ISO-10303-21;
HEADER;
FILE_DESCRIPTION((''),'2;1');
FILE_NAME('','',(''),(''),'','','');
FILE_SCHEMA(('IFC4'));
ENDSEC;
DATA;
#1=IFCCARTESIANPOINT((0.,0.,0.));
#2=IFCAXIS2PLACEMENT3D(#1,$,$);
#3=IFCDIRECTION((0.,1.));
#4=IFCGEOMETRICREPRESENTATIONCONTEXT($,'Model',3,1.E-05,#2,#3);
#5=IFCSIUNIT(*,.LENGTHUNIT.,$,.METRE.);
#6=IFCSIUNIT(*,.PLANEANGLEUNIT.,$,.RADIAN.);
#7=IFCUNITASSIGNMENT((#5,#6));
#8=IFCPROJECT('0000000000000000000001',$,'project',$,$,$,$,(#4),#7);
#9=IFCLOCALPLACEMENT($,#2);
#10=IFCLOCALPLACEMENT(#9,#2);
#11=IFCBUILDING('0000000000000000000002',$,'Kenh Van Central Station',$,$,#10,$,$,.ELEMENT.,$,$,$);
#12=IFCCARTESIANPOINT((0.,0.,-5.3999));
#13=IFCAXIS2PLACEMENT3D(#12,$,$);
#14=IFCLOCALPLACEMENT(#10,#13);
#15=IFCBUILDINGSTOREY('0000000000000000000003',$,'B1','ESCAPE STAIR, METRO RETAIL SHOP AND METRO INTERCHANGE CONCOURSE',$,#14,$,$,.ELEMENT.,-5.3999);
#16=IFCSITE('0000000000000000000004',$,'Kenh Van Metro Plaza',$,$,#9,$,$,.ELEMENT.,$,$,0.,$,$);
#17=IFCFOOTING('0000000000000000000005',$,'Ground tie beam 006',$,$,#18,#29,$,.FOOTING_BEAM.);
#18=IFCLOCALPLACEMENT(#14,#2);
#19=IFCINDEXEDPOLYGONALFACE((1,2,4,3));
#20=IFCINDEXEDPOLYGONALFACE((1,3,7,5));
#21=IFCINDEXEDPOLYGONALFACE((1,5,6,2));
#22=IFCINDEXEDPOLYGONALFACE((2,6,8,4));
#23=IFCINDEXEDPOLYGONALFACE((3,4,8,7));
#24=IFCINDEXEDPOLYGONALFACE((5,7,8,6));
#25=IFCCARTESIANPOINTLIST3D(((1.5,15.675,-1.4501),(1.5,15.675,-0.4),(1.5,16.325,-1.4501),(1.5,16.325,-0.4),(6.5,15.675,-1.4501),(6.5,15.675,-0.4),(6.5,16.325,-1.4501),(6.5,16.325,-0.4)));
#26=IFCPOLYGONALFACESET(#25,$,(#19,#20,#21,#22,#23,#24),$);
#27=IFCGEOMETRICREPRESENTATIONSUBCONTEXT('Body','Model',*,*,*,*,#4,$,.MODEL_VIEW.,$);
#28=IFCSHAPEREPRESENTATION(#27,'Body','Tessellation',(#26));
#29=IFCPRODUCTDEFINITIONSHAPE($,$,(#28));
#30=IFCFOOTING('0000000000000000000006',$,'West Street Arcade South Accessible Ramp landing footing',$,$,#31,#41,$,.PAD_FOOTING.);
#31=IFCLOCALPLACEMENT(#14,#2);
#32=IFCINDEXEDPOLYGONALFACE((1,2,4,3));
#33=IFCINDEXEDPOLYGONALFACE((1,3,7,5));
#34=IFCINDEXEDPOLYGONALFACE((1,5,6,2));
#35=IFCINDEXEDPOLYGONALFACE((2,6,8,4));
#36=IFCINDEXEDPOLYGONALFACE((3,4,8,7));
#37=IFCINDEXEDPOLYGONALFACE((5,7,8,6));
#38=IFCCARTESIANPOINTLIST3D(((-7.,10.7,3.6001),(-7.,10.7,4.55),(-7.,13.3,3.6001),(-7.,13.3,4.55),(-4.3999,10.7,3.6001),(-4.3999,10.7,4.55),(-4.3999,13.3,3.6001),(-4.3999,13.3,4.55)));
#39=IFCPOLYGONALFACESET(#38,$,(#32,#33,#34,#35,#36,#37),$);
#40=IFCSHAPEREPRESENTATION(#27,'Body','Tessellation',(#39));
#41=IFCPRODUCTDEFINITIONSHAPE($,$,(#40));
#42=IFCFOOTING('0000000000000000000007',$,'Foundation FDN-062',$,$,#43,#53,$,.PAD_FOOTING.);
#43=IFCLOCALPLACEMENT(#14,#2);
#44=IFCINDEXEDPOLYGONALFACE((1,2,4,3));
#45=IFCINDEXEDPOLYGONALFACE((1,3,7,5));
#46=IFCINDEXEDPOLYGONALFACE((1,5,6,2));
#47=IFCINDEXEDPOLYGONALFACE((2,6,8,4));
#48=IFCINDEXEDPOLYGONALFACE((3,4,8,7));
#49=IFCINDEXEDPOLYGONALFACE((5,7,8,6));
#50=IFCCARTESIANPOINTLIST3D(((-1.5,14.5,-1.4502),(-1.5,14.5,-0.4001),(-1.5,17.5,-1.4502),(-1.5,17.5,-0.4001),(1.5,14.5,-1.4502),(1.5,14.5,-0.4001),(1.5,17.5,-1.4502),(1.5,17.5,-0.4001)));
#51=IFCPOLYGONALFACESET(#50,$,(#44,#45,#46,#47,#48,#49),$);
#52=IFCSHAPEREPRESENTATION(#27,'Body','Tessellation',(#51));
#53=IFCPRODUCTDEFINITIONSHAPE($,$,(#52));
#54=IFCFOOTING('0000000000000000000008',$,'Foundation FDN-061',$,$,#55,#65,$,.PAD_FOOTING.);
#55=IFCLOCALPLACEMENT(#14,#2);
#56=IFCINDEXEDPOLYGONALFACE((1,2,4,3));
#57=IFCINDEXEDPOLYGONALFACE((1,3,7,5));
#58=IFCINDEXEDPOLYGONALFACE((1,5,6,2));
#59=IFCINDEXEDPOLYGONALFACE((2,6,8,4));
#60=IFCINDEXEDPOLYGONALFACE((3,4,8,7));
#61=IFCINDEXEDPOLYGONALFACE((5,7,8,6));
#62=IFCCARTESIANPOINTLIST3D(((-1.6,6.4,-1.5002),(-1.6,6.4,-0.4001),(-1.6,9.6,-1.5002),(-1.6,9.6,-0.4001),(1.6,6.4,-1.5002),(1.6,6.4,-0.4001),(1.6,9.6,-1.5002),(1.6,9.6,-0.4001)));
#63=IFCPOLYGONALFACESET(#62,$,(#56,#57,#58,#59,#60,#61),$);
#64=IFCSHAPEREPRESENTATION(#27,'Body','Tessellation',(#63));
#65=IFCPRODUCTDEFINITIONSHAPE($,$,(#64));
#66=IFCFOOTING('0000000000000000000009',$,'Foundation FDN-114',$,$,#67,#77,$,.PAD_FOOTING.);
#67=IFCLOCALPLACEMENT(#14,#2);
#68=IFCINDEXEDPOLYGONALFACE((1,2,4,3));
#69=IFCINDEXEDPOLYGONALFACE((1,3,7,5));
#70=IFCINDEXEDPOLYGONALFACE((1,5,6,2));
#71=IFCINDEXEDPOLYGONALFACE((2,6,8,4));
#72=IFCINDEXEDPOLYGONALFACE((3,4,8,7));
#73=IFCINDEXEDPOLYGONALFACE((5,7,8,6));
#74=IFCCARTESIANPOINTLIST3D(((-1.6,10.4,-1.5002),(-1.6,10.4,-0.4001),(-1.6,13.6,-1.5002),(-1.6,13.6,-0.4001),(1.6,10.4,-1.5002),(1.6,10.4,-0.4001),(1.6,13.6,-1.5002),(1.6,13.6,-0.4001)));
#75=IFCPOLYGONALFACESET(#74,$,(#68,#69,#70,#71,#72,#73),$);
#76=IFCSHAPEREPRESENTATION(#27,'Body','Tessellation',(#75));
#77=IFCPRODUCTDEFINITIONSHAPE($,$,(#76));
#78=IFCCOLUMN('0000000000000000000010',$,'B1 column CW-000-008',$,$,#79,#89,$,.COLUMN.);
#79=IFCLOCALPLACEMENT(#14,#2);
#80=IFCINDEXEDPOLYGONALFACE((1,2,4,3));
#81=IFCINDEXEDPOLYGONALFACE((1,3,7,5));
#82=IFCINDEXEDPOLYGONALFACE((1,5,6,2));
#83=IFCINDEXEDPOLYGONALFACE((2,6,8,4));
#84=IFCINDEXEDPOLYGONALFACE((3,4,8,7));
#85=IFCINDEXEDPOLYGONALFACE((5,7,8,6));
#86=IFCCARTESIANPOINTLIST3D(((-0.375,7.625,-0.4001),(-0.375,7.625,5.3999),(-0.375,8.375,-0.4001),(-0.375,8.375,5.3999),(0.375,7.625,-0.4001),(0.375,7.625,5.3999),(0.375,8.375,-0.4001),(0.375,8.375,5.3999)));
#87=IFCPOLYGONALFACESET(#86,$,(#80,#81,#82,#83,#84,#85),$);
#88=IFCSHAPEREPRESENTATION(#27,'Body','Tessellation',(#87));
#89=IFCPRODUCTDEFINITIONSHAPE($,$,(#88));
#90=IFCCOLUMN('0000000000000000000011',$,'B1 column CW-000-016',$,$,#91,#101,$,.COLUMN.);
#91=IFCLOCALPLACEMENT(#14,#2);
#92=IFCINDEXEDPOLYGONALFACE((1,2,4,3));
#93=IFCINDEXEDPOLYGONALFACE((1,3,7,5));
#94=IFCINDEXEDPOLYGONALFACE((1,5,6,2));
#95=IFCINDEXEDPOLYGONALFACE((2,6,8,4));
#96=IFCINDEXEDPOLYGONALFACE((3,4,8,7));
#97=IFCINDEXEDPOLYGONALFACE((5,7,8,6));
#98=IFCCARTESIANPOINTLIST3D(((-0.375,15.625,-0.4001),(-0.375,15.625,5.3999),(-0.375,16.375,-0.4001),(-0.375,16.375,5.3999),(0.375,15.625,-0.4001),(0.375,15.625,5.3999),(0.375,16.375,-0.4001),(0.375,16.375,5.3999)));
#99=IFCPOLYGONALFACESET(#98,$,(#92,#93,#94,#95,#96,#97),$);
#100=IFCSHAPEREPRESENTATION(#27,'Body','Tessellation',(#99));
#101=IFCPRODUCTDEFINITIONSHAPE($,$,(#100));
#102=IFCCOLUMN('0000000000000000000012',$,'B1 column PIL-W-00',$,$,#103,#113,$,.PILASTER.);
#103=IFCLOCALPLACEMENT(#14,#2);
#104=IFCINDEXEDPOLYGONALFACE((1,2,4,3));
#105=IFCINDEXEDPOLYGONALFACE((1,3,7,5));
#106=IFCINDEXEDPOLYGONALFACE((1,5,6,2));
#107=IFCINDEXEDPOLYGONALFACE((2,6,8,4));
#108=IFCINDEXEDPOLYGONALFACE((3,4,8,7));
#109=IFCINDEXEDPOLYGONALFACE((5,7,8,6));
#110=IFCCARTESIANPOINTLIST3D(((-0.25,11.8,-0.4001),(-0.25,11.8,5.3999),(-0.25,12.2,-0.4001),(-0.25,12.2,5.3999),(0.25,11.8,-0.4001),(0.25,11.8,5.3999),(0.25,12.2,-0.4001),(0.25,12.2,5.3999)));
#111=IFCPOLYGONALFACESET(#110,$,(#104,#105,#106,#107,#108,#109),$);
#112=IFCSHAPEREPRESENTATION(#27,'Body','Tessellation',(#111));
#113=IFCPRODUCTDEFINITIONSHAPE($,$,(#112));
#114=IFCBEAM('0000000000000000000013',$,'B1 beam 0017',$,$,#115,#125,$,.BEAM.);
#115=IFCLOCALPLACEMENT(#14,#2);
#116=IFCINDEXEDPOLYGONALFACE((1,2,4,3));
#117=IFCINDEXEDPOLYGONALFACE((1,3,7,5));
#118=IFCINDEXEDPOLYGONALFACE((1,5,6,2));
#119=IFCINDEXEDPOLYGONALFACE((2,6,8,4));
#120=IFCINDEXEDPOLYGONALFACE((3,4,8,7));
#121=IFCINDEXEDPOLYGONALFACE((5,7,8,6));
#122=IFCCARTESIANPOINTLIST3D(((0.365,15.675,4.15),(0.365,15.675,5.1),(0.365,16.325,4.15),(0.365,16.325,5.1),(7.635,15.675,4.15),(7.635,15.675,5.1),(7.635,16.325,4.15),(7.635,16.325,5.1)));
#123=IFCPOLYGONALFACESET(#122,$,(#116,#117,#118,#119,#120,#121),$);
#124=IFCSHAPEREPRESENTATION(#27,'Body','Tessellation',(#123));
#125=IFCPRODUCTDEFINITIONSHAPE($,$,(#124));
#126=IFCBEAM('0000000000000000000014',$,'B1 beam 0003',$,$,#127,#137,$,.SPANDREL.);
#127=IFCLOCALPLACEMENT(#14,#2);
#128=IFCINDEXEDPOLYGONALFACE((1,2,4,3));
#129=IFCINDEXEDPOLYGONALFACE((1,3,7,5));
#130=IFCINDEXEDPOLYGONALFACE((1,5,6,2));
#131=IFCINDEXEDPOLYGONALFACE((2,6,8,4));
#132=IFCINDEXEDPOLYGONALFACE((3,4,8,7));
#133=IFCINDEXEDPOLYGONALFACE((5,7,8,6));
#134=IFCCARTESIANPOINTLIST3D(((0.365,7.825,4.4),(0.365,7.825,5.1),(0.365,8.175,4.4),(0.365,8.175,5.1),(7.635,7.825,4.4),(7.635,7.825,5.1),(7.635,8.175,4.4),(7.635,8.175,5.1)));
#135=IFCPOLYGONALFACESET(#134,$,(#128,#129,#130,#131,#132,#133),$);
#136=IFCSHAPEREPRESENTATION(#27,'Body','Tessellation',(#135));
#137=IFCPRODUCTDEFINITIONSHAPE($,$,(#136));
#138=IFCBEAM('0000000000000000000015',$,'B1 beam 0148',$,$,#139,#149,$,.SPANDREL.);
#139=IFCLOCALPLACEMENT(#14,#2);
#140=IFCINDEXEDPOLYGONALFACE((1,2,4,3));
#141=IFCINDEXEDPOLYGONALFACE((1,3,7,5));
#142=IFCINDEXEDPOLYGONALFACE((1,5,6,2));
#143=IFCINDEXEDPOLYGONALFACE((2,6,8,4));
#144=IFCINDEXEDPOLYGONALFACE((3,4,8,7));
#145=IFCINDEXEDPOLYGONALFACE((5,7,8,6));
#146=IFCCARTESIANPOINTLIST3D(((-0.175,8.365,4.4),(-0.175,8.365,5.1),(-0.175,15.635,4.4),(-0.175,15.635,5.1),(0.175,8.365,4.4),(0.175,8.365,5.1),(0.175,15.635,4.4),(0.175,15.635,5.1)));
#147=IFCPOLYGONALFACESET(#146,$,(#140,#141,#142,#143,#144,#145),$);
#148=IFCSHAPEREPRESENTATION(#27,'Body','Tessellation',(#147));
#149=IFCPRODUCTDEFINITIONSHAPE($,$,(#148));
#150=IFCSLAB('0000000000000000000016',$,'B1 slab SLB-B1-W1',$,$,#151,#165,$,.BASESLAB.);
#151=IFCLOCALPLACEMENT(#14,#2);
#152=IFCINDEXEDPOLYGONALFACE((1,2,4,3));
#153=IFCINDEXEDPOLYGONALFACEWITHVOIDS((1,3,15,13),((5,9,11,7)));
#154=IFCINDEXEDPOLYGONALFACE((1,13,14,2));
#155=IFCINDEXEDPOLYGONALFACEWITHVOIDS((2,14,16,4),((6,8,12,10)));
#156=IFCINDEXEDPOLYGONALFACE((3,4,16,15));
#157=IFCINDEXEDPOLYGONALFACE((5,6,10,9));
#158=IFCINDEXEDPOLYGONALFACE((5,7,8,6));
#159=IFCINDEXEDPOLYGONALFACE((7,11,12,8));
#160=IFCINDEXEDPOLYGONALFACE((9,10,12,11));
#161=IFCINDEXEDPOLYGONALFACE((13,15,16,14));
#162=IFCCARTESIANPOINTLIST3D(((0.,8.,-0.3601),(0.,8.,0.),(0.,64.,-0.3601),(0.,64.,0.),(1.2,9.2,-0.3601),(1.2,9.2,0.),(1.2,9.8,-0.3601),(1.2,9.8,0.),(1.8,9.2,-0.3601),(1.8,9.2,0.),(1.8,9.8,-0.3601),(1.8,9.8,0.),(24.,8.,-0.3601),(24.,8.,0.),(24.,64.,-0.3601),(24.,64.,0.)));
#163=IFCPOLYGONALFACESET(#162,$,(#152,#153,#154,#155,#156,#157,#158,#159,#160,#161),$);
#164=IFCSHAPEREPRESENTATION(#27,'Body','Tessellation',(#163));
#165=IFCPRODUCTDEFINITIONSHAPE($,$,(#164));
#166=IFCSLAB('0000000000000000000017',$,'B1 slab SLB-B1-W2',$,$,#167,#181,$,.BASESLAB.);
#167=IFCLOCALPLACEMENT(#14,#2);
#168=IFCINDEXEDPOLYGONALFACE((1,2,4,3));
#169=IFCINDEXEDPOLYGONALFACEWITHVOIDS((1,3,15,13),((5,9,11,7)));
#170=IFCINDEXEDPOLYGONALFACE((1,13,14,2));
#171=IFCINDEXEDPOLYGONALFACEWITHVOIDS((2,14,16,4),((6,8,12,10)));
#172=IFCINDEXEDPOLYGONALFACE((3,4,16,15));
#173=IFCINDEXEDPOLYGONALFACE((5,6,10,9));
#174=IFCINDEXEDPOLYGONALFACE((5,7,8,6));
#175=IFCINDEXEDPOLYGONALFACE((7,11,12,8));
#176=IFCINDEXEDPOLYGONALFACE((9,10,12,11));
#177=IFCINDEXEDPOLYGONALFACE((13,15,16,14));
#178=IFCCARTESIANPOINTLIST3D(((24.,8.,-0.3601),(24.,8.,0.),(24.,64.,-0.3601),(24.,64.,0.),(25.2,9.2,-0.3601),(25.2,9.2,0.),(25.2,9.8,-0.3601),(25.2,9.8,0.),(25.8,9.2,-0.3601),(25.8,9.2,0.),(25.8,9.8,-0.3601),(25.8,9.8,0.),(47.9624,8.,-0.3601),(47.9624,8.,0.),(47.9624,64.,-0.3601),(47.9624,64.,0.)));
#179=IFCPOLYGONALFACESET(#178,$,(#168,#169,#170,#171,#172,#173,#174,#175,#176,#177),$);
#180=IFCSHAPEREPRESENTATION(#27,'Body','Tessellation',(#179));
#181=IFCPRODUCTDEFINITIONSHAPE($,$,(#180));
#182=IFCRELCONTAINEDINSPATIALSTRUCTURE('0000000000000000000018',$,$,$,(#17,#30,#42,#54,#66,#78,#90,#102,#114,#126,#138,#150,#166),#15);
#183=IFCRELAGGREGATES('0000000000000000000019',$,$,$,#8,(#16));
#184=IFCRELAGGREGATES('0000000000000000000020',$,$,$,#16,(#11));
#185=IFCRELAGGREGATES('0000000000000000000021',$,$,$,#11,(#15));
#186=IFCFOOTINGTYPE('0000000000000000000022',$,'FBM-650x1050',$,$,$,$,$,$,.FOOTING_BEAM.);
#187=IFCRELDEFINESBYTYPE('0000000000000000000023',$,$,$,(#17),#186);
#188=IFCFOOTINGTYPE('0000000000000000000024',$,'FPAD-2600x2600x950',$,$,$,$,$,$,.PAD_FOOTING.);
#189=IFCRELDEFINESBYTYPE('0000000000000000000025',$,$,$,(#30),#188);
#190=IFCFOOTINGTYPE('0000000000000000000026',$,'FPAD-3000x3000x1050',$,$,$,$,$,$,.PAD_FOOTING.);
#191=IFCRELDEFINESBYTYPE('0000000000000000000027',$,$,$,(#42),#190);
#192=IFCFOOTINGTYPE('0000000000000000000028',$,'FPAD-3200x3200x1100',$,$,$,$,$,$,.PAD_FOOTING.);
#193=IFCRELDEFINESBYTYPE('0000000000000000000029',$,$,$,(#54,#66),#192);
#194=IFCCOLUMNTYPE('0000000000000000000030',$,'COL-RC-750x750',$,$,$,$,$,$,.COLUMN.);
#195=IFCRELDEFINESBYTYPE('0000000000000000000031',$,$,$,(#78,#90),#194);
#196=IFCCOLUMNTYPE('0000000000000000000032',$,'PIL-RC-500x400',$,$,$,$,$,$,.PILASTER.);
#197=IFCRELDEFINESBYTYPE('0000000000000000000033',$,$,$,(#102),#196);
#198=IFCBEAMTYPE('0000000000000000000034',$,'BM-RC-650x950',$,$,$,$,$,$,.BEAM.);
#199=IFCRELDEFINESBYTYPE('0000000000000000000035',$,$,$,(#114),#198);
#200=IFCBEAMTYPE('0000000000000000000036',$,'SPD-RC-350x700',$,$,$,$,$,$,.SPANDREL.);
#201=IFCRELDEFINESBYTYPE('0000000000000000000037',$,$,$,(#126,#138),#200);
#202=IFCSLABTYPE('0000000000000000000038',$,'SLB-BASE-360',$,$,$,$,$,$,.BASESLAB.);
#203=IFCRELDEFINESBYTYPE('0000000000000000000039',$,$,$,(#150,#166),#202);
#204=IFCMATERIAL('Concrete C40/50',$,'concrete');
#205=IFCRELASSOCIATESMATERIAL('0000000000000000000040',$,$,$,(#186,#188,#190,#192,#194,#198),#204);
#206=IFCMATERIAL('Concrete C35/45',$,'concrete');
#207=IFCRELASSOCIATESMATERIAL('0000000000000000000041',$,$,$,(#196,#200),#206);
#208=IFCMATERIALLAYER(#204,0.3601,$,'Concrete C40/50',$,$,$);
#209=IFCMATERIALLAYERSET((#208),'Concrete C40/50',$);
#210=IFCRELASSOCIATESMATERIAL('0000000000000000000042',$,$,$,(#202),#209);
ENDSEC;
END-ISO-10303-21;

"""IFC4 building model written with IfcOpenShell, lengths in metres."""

from ifc_helpers import new_model, si_unit, direction, frame, origin, origin_2d, place, context, subcontext, project, spatial, polyline, rectangle, outline, extrude, material, layer, layer_set, material_profile, profile_set, type_object, element, save


model = new_model("IFC4")

# Units and contexts
model_context = context("Model", 3, precision=1e-05, world=origin(), true_north=direction((0.0, 1.0)))
body_context = subcontext(model_context, "Body", "Model", "MODEL_VIEW")
ifc_project = project(units=[si_unit("LENGTHUNIT", "METRE"), si_unit("PLANEANGLEUNIT", "RADIAN")], contexts=[model_context])

# Site, building, storey
site_placement = place(None, origin())
site = spatial("IfcSite", under=ifc_project, at=site_placement, Name="Kenh Van Metro Plaza", CompositionType="ELEMENT", RefElevation=0.0)
building_placement = place(site_placement, origin())
building = spatial("IfcBuilding", under=site, at=building_placement, Name="Kenh Van Central Station", CompositionType="ELEMENT")
storey_placement = place(building_placement, frame((0.0, 0.0, -5.3999)))
storey = spatial("IfcBuildingStorey", under=building, at=storey_placement, Name="B1", Description="ESCAPE STAIR, METRO RETAIL SHOP AND METRO INTERCHANGE CONCOURSE", CompositionType="ELEMENT", Elevation=-5.3999)

# Footings
ifc_material_1 = material(Name="Concrete C40/50", Category="concrete")
ifc_material_profile_1 = material_profile(ifc_material_1, rectangle(XDim=0.6499, YDim=1.05, at=origin_2d()), Name="RC 650x1050")
ifc_profile_set_1 = profile_set([ifc_material_profile_1], Name="Concrete C40/50")
footing_type_1 = type_object("IfcFootingType", Name="FBM-650x1050", PredefinedType="FOOTING_BEAM", material=ifc_profile_set_1)
footing_1_placement = place(storey_placement, frame((1.5, 16.0, -0.925), z_axis=(1.0, 0.0, 0.0), x_axis=(0.0, 1.0, 0.0)))
element("IfcFooting", 1, at=footing_1_placement, inside=storey, type_object=footing_type_1, Name="Ground tie beam 006", PredefinedType="FOOTING_BEAM", context=body_context, shape_type="SweptSolid", body=[
    extrude(rectangle(XDim=0.6499, YDim=1.05, at=origin_2d()), origin(), (0.0, 0.0, 1.0), 5.0),
])
footing_type_2 = type_object("IfcFootingType", Name="FPAD-2600x2600x950", PredefinedType="PAD_FOOTING", material=ifc_material_1)
footing_2_placement = place(storey_placement, frame((-5.7, 12.0, 3.6001), z_axis=(0.0, 0.0, 1.0), x_axis=(1.0, 0.0, 0.0)))
element("IfcFooting", 2, at=footing_2_placement, inside=storey, type_object=footing_type_2, Name="West Street Arcade South Accessible Ramp landing footing", PredefinedType="PAD_FOOTING", context=body_context, shape_type="SweptSolid", body=[
    extrude(rectangle(XDim=2.6001, YDim=2.6001, at=origin_2d()), origin(), (0.0, 0.0, 1.0), 0.95),
])
footing_type_3 = type_object("IfcFootingType", Name="FPAD-3000x3000x1050", PredefinedType="PAD_FOOTING", material=ifc_material_1)
footing_3_placement = place(storey_placement, frame((0.0, 16.0, -1.4502), z_axis=(0.0, 0.0, 1.0), x_axis=(1.0, 0.0, 0.0)))
element("IfcFooting", 3, at=footing_3_placement, inside=storey, type_object=footing_type_3, Name="Foundation FDN-062", PredefinedType="PAD_FOOTING", context=body_context, shape_type="SweptSolid", body=[
    extrude(rectangle(XDim=3.0, YDim=3.0, at=origin_2d()), origin(), (0.0, 0.0, 1.0), 1.05),
])
footing_type_4 = type_object("IfcFootingType", Name="FPAD-3200x3200x1100", PredefinedType="PAD_FOOTING", material=ifc_material_1)
for number, where, z_axis, x_axis, name in (
    (4, (0.0, 8.0, -1.5002), (0.0, 0.0, 1.0), (1.0, 0.0, 0.0), "Foundation FDN-061"),
    (5, (0.0, 12.0, -1.5002), (0.0, 0.0, 1.0), (1.0, 0.0, 0.0), "Foundation FDN-114"),
):
    element("IfcFooting", number, at=place(storey_placement, frame(where, z_axis=z_axis, x_axis=x_axis)), inside=storey, type_object=footing_type_4, Name=name, PredefinedType="PAD_FOOTING", context=body_context, shape_type="SweptSolid", body=[
        extrude(rectangle(XDim=3.2, YDim=3.2, at=origin_2d()), origin(), (0.0, 0.0, 1.0), 1.1001),
    ])

# Columns
ifc_material_profile_2 = material_profile(ifc_material_1, rectangle(XDim=0.75, YDim=0.75, at=origin_2d()), Name="RC 750x750")
ifc_profile_set_2 = profile_set([ifc_material_profile_2], Name="Concrete C40/50")
column_type_1 = type_object("IfcColumnType", Name="COL-RC-750x750", PredefinedType="COLUMN", material=ifc_profile_set_2)
for number, where, z_axis, x_axis, name in (
    (6, (0.0, 8.0, -0.4001), (0.0, 0.0, 1.0), (1.0, 0.0, 0.0), "B1 column CW-000-008"),
    (7, (0.0, 16.0, -0.4001), (0.0, 0.0, 1.0), (1.0, 0.0, 0.0), "B1 column CW-000-016"),
):
    element("IfcColumn", number, at=place(storey_placement, frame(where, z_axis=z_axis, x_axis=x_axis)), inside=storey, type_object=column_type_1, Name=name, PredefinedType="COLUMN", context=body_context, shape_type="SweptSolid", body=[
        extrude(rectangle(XDim=0.75, YDim=0.75, at=origin_2d()), origin(), (0.0, 0.0, 1.0), 5.8),
    ])
ifc_material_2 = material(Name="Concrete C35/45", Category="concrete")
ifc_material_profile_3 = material_profile(ifc_material_2, rectangle(XDim=0.5, YDim=0.3999, at=origin_2d()), Name="RC 500x400")
ifc_profile_set_3 = profile_set([ifc_material_profile_3], Name="Concrete C35/45")
column_type_2 = type_object("IfcColumnType", Name="PIL-RC-500x400", PredefinedType="PILASTER", material=ifc_profile_set_3)
column_placement = place(storey_placement, frame((0.0, 12.0, -0.4001), z_axis=(0.0, 0.0, 1.0), x_axis=(1.0, 0.0, 0.0)))
element("IfcColumn", 8, at=column_placement, inside=storey, type_object=column_type_2, Name="B1 column PIL-W-00", PredefinedType="PILASTER", context=body_context, shape_type="SweptSolid", body=[
    extrude(rectangle(XDim=0.5, YDim=0.3999, at=origin_2d()), origin(), (0.0, 0.0, 1.0), 5.8),
])

# Beams
ifc_material_profile_4 = material_profile(ifc_material_1, rectangle(XDim=0.6499, YDim=0.95, at=origin_2d()), Name="RC 650x950")
ifc_profile_set_4 = profile_set([ifc_material_profile_4], Name="Concrete C40/50")
beam_type_1 = type_object("IfcBeamType", Name="BM-RC-650x950", PredefinedType="BEAM", material=ifc_profile_set_4)
beam_placement = place(storey_placement, frame((0.365, 16.0, 4.625), z_axis=(1.0, 0.0, 0.0), x_axis=(0.0, 1.0, 0.0)))
element("IfcBeam", 9, at=beam_placement, inside=storey, type_object=beam_type_1, Name="B1 beam 0017", PredefinedType="BEAM", context=body_context, shape_type="SweptSolid", body=[
    extrude(rectangle(XDim=0.6499, YDim=0.95, at=origin_2d()), origin(), (0.0, 0.0, 1.0), 7.27),
])
ifc_material_profile_5 = material_profile(ifc_material_2, rectangle(XDim=0.3501, YDim=0.7, at=origin_2d()), Name="RC 350x700")
ifc_profile_set_5 = profile_set([ifc_material_profile_5], Name="Concrete C35/45")
beam_type_2 = type_object("IfcBeamType", Name="SPD-RC-350x700", PredefinedType="SPANDREL", material=ifc_profile_set_5)
for number, where, z_axis, x_axis, name in (
    (10, (0.365, 8.0, 4.75), (1.0, 0.0, 0.0), (0.0, 1.0, 0.0), "B1 beam 0003"),
    (11, (0.0, 8.365, 4.75), (0.0, 1.0, 0.0), (-1.0, 0.0, 0.0), "B1 beam 0148"),
):
    element("IfcBeam", number, at=place(storey_placement, frame(where, z_axis=z_axis, x_axis=x_axis)), inside=storey, type_object=beam_type_2, Name=name, PredefinedType="SPANDREL", context=body_context, shape_type="SweptSolid", body=[
        extrude(rectangle(XDim=0.3501, YDim=0.7, at=origin_2d()), origin(), (0.0, 0.0, 1.0), 7.27),
    ])

# Slabs
ifc_layer_1 = layer(ifc_material_1, 0.3601, Name="Concrete C40/50")
ifc_layer_set_1 = layer_set([ifc_layer_1], Name="Concrete C40/50")
slab_type_1 = type_object("IfcSlabType", Name="SLB-BASE-360", PredefinedType="BASESLAB", material=ifc_layer_set_1)
slab_1_placement = place(storey_placement, frame((0.0, 0.0, -0.3601)))
element("IfcSlab", 12, at=slab_1_placement, inside=storey, type_object=slab_type_1, Name="B1 slab SLB-B1-W1", PredefinedType="BASESLAB", context=body_context, shape_type="SweptSolid", body=[
    extrude(outline(polyline([(0.0, 8.0), (24.0, 8.0), (24.0, 64.0), (0.0, 64.0), (0.0, 8.0)]), holes=[polyline([(1.2, 9.2), (1.2, 9.8), (1.8, 9.8), (1.8, 9.2), (1.2, 9.2)])]), origin(), (0.0, 0.0, 1.0), 0.3601),
])
slab_2_placement = place(storey_placement, frame((0.0, 0.0, -0.3601)))
element("IfcSlab", 13, at=slab_2_placement, inside=storey, type_object=slab_type_1, Name="B1 slab SLB-B1-W2", PredefinedType="BASESLAB", context=body_context, shape_type="SweptSolid", body=[
    extrude(outline(polyline([(24.0, 8.0), (47.9624, 8.0), (47.9624, 64.0), (24.0, 64.0), (24.0, 8.0)]), holes=[polyline([(25.8, 9.2), (25.2, 9.2), (25.2, 9.8), (25.8, 9.8), (25.8, 9.2)])]), origin(), (0.0, 0.0, 1.0), 0.3601),
])

save(model, "model.ifc")
